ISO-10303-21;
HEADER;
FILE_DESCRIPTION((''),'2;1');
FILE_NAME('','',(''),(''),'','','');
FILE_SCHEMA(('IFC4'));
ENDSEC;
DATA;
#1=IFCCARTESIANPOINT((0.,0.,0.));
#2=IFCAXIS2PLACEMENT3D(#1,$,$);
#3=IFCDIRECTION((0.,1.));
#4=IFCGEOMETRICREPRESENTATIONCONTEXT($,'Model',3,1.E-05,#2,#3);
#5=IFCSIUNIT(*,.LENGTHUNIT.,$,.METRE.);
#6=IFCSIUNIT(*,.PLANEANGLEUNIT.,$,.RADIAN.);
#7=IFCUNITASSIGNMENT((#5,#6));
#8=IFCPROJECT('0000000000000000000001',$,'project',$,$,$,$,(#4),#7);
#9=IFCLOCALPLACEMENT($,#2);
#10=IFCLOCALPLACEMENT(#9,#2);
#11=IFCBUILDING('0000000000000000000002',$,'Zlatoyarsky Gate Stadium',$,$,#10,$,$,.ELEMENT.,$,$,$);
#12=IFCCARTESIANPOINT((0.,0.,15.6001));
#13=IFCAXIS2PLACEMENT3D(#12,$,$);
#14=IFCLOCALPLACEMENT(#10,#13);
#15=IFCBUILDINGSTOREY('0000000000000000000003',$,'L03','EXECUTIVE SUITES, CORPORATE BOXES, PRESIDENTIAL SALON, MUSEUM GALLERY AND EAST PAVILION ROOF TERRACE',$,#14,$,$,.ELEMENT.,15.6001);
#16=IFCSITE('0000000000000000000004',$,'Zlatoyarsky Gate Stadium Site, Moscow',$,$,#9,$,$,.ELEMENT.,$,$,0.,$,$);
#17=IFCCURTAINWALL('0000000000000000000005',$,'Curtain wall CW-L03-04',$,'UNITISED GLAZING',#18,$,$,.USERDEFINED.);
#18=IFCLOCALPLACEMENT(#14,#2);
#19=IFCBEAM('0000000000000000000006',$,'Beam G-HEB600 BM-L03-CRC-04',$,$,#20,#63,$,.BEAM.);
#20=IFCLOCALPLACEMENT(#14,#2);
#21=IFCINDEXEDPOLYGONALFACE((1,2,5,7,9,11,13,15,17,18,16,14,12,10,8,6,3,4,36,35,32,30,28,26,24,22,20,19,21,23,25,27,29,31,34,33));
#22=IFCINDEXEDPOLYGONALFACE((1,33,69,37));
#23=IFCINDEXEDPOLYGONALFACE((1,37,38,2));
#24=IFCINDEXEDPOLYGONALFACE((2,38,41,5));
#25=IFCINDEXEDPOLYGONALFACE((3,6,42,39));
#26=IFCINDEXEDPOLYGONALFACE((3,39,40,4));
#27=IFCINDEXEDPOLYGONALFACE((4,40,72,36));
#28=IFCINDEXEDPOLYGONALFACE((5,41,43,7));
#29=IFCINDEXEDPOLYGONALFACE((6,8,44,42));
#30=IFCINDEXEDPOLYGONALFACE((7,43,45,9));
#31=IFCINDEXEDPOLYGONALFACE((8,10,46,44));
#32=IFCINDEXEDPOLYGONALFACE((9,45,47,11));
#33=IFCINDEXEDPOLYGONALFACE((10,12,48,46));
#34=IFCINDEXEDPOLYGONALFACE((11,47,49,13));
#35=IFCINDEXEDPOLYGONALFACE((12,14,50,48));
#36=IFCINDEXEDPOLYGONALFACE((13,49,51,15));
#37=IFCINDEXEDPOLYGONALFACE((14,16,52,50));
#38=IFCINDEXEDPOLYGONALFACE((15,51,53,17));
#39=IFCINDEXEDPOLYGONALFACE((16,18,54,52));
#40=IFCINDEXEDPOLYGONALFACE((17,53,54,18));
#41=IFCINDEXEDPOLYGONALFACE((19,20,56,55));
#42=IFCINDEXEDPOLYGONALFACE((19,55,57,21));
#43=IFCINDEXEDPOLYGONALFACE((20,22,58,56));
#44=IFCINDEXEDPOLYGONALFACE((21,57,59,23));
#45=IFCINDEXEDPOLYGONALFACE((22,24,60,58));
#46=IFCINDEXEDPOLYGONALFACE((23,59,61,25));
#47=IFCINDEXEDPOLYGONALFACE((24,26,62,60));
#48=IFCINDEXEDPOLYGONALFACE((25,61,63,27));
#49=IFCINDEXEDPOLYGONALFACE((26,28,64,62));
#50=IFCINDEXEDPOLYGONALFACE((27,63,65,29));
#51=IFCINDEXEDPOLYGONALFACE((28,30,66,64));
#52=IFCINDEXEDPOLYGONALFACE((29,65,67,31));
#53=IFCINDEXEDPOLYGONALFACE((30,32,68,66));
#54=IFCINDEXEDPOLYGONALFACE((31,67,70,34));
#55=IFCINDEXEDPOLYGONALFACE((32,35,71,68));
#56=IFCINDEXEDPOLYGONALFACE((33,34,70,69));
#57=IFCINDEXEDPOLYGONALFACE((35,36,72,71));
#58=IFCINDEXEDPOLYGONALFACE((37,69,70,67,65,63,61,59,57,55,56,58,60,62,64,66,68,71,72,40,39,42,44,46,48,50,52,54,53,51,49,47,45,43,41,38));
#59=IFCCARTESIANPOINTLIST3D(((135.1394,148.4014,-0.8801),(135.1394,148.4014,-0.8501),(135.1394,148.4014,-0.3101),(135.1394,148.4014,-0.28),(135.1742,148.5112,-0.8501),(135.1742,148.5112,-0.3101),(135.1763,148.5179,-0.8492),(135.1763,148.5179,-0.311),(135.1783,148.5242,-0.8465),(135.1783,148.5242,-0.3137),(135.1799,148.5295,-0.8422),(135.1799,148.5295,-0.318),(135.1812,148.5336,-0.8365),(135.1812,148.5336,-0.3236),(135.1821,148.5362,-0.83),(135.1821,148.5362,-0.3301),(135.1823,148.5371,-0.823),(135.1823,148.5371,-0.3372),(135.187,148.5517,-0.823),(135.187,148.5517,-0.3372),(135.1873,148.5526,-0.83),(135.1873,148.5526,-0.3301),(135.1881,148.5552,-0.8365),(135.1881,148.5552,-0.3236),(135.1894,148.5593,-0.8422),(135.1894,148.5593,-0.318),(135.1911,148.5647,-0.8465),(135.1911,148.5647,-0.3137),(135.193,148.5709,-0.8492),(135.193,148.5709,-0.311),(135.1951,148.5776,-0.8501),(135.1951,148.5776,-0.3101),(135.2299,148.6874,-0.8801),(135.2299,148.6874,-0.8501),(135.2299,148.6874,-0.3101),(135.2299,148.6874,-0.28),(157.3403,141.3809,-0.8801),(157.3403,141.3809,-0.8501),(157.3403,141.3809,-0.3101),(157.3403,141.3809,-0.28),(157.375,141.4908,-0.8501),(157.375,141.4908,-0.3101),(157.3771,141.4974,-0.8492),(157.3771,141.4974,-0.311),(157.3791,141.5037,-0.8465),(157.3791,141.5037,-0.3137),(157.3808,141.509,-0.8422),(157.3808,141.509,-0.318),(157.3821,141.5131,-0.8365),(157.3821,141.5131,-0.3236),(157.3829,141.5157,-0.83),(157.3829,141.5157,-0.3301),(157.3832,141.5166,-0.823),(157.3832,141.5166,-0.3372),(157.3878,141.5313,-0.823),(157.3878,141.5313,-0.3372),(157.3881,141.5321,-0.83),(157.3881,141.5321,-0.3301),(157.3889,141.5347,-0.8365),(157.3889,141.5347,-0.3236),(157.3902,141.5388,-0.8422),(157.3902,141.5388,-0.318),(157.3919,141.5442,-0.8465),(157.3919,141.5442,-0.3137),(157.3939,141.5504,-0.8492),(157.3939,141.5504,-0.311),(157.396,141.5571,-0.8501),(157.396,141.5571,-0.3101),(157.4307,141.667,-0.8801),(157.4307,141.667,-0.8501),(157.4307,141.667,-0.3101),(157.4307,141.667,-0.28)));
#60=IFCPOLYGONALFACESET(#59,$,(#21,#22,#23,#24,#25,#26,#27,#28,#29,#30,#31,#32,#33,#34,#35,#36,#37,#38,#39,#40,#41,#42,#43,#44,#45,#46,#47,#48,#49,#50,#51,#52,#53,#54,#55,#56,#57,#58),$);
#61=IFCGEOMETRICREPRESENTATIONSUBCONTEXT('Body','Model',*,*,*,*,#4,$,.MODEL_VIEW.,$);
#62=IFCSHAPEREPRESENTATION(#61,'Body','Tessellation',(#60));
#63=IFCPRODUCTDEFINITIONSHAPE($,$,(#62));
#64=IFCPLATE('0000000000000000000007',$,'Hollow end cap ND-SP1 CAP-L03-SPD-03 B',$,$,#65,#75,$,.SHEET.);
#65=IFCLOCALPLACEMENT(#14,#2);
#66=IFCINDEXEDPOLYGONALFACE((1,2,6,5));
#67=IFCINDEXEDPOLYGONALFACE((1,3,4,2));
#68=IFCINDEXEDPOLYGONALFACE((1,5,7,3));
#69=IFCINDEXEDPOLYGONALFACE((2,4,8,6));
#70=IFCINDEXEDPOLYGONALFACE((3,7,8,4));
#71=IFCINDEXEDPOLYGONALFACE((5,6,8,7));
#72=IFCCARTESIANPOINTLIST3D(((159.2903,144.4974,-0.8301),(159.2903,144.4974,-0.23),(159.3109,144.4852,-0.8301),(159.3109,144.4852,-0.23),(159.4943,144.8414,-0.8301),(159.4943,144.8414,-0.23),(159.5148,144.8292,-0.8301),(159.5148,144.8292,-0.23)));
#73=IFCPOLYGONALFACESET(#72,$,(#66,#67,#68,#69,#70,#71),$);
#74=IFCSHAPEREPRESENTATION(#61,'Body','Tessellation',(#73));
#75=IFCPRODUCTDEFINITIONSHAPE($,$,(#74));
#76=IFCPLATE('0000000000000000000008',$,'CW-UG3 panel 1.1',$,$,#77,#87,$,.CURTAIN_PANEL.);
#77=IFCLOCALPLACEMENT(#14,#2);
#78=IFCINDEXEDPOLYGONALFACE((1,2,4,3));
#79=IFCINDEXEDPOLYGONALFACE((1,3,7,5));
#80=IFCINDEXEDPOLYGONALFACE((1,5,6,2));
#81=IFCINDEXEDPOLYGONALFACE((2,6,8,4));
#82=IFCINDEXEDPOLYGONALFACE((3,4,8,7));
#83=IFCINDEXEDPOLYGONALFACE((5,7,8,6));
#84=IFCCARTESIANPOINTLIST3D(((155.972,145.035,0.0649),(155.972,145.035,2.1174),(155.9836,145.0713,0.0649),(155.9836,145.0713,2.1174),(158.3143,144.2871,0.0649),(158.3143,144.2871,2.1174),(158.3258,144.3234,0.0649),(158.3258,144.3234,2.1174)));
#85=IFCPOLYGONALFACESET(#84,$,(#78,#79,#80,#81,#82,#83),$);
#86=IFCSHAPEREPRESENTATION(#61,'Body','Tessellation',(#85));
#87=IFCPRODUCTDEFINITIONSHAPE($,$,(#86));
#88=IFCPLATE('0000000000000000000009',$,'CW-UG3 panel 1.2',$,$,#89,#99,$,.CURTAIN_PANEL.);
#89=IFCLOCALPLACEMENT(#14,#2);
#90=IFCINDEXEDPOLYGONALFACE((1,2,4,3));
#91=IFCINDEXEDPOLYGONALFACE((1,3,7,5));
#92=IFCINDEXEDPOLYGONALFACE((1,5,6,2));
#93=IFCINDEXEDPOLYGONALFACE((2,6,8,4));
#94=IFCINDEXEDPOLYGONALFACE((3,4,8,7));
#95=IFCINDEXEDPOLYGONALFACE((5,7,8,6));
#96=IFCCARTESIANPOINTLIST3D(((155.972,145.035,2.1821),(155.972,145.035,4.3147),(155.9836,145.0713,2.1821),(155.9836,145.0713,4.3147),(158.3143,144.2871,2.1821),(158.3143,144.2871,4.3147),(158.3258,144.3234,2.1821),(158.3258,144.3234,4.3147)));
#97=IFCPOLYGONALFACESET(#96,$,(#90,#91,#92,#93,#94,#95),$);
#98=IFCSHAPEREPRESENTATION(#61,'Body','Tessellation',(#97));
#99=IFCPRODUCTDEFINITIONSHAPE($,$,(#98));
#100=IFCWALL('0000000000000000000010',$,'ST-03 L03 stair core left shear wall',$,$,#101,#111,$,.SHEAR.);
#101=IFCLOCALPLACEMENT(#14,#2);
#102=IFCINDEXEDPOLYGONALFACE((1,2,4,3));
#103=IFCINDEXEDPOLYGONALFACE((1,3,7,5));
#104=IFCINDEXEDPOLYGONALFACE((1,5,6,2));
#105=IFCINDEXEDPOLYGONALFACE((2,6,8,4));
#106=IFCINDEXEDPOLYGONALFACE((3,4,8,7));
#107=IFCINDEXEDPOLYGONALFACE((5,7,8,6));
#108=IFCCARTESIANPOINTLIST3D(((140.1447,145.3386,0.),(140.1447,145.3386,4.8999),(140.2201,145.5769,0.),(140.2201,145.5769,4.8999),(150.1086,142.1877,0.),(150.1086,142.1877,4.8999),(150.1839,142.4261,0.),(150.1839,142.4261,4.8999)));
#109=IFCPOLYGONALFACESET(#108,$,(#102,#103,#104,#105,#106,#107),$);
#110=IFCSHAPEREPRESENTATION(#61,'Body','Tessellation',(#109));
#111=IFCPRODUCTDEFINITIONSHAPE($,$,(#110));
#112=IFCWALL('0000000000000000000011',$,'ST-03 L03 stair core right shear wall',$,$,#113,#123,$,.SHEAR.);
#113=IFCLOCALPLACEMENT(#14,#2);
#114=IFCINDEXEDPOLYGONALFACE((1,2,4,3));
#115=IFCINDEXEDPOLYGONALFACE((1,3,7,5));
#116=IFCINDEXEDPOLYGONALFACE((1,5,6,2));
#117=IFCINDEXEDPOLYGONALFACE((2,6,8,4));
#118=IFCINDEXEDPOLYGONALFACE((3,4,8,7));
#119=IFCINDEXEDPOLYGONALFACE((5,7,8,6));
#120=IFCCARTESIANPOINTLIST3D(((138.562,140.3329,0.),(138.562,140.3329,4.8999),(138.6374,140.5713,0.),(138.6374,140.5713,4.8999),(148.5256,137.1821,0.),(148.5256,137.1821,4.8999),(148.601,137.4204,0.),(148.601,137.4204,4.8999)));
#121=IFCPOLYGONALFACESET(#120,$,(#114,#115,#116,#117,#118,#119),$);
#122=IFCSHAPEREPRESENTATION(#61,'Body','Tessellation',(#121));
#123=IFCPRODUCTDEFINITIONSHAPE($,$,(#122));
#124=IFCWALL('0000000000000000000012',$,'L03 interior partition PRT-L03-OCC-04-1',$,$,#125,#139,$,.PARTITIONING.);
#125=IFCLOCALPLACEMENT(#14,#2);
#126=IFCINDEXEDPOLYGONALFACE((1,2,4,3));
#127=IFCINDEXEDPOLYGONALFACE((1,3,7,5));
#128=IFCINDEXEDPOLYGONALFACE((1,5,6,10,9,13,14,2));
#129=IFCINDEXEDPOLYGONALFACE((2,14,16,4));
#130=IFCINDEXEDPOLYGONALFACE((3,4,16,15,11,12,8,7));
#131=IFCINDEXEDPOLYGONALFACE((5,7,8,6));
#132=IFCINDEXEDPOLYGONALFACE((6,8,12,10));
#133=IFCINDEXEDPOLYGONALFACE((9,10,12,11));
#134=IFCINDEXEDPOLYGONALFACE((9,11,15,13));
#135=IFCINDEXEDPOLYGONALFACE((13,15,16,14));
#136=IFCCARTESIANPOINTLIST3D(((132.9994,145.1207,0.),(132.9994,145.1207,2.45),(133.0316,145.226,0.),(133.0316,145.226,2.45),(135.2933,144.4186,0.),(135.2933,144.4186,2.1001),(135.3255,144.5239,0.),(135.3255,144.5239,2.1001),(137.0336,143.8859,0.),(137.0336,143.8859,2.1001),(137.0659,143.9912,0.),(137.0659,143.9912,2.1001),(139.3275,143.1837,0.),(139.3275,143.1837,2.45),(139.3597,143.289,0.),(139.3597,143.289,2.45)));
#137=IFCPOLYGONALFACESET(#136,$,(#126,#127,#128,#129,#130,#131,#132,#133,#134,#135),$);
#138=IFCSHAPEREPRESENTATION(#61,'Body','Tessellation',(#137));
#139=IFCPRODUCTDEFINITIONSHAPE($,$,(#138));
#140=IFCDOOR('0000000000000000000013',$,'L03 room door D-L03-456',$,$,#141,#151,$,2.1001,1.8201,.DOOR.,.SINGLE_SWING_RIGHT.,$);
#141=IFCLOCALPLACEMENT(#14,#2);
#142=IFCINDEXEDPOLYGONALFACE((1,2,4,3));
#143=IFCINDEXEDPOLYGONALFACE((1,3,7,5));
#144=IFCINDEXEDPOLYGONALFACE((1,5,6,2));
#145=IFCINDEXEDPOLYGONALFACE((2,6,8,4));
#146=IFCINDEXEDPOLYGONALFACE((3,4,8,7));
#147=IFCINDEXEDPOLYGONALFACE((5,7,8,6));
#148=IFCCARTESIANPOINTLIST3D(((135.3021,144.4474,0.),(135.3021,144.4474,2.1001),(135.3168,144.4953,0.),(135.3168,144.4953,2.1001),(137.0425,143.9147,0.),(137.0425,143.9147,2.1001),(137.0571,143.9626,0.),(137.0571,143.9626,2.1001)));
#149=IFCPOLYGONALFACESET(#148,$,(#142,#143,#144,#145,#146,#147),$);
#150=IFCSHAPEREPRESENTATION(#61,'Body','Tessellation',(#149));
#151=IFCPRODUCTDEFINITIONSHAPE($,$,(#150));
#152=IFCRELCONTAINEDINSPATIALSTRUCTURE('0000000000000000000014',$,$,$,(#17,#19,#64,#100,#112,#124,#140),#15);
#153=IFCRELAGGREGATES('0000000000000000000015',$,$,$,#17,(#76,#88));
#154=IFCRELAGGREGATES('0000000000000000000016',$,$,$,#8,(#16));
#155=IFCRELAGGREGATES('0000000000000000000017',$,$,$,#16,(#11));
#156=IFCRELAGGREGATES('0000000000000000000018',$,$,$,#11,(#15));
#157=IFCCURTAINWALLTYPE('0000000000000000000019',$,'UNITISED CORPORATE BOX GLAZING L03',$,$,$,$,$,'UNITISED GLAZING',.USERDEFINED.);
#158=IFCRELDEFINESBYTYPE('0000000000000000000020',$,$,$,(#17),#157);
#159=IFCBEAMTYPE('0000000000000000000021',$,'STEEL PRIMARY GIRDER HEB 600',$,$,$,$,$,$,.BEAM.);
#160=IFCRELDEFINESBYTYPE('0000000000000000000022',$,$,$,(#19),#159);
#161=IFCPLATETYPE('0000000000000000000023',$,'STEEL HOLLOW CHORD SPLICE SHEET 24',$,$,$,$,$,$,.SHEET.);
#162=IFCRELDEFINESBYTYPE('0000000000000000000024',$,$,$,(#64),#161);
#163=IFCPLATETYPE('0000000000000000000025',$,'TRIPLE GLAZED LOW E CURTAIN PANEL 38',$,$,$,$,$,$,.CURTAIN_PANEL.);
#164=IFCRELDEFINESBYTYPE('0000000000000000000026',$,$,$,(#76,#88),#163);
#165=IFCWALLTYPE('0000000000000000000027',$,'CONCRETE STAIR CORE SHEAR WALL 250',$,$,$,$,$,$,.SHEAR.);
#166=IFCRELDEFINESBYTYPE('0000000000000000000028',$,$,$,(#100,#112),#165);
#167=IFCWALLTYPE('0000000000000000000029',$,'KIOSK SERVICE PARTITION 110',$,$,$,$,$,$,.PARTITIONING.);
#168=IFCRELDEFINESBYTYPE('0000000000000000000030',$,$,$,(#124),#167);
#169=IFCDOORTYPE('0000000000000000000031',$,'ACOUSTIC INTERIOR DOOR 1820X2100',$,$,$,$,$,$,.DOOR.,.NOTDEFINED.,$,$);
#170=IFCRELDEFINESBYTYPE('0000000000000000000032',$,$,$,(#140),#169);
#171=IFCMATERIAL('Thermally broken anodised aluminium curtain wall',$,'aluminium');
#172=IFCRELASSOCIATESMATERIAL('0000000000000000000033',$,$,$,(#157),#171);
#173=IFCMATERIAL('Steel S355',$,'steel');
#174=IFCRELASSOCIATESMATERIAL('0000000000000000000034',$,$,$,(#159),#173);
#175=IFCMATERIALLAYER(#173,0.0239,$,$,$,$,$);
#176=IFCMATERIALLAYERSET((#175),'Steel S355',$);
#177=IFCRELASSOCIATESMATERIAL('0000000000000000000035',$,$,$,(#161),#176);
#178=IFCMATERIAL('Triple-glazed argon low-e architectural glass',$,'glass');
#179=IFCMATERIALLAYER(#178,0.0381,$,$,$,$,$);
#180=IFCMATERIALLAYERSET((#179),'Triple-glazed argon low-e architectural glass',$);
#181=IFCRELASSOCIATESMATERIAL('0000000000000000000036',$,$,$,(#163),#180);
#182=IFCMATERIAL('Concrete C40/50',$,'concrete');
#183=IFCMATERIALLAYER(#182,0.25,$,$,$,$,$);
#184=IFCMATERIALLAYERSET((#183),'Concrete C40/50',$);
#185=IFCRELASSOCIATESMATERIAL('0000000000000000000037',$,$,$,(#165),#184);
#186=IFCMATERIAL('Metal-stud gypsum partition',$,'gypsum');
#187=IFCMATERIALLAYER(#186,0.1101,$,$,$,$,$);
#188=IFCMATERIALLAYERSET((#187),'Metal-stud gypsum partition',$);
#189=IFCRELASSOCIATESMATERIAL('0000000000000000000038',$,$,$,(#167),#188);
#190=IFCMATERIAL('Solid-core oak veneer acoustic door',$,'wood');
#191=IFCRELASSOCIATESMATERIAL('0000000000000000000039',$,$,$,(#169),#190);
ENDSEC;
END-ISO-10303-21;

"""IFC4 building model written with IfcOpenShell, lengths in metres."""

from ifc_helpers import new_model, si_unit, direction, frame, frame_2d, origin, origin_2d, place, context, subcontext, project, spatial, rectangle, i_section, extrude, material, layer, layer_set, material_profile, profile_set, type_object, element, fill, aggregate, save


model = new_model("IFC4")

# Units and contexts
model_context = context("Model", 3, precision=1e-05, world=origin(), true_north=direction((0.0, 1.0)))
body_context = subcontext(model_context, "Body", "Model", "MODEL_VIEW")
ifc_project = project(units=[si_unit("LENGTHUNIT", "METRE"), si_unit("PLANEANGLEUNIT", "RADIAN")], contexts=[model_context])

# Site, building, storey
site_placement = place(None, origin())
site = spatial("IfcSite", under=ifc_project, at=site_placement, Name="Zlatoyarsky Gate Stadium Site, Moscow", CompositionType="ELEMENT", RefElevation=0.0)
building_placement = place(site_placement, origin())
building = spatial("IfcBuilding", under=site, at=building_placement, Name="Zlatoyarsky Gate Stadium", CompositionType="ELEMENT")
storey_placement = place(building_placement, frame((0.0, 0.0, 15.6001)))
storey = spatial("IfcBuildingStorey", under=building, at=storey_placement, Name="L03", Description="EXECUTIVE SUITES, CORPORATE BOXES, PRESIDENTIAL SALON, MUSEUM GALLERY AND EAST PAVILION ROOF TERRACE", CompositionType="ELEMENT", Elevation=15.6001)

# Shared definitions
ifc_material_1 = material(Name="Steel S355", Category="steel")

# Shared definitions
ifc_material_2 = material(Name="Thermally broken anodised aluminium curtain wall", Category="aluminium")
curtain_wall_type = type_object("IfcCurtainWallType", Name="UNITISED CORPORATE BOX GLAZING L03", ElementType="UNITISED GLAZING", PredefinedType="USERDEFINED", material=ifc_material_2)

# Curtain wall
curtain_wall_1_placement = place(storey_placement, origin())
curtain_wall_1 = element("IfcCurtainWall", 1, at=curtain_wall_1_placement, inside=storey, type_object=curtain_wall_type, Name="Curtain wall CW-L03-04", ObjectType="UNITISED GLAZING", PredefinedType="USERDEFINED")

# Beam
ifc_material_profile_1 = material_profile(ifc_material_1, i_section(OverallWidth=0.3, OverallDepth=0.6001, WebThickness=0.0154, FlangeThickness=0.03, FilletRadius=0.0271, at=origin_2d()), Name="HEB 600")
ifc_profile_set_1 = profile_set([ifc_material_profile_1], Name="Steel S355")
beam_type_1 = type_object("IfcBeamType", Name="STEEL PRIMARY GIRDER HEB 600", PredefinedType="BEAM", material=ifc_profile_set_1)
beam_1_placement = place(storey_placement, frame((157.3855, 141.5239, -0.5801), z_axis=(-0.953463, 0.30151, 0.0), x_axis=(-0.30151, -0.953463, 0.0)))
element("IfcBeam", 2, at=beam_1_placement, inside=storey, type_object=beam_type_1, Name="Beam G-HEB600 BM-L03-CRC-04", PredefinedType="BEAM", context=body_context, shape_type="SweptSolid", body=[
    extrude(i_section(OverallWidth=0.3, OverallDepth=0.6001, WebThickness=0.0154, FlangeThickness=0.03, FilletRadius=0.0271, at=origin_2d()), origin(), (0.0, 0.0, 1.0), 23.2844),
])

# Plates
ifc_layer_1 = layer(ifc_material_1, 0.0239)
ifc_layer_set_1 = layer_set([ifc_layer_1], Name="Steel S355")
plate_type_1 = type_object("IfcPlateType", Name="STEEL HOLLOW CHORD SPLICE SHEET 24", PredefinedType="SHEET", material=ifc_layer_set_1)
plate_1_placement = place(storey_placement, frame((159.4026, 144.6633, -0.8301), z_axis=(0.0, 0.0, 1.0), x_axis=(-0.860229, 0.509908, 0.0)))
element("IfcPlate", 3, at=plate_1_placement, inside=storey, type_object=plate_type_1, Name="Hollow end cap ND-SP1 CAP-L03-SPD-03 B", PredefinedType="SHEET", context=body_context, shape_type="SweptSolid", body=[
    extrude(rectangle(XDim=0.0239, YDim=0.3999, at=origin_2d()), origin(), (0.0, 0.0, 1.0), 0.6001),
])
ifc_material_3 = material(Name="Triple-glazed argon low-e architectural glass", Category="glass")
ifc_layer_2 = layer(ifc_material_3, 0.0381)
ifc_layer_set_2 = layer_set([ifc_layer_2], Name="Triple-glazed argon low-e architectural glass")
plate_type_2 = type_object("IfcPlateType", Name="TRIPLE GLAZED LOW E CURTAIN PANEL 38", PredefinedType="CURTAIN_PANEL", material=ifc_layer_set_2)
plate_2_placement = place(storey_placement, frame((157.1489, 144.6792, 0.0649), z_axis=(0.0, 0.0, 1.0), x_axis=(-0.95262, 0.304162, 0.0)))
plate_2 = element("IfcPlate", 4, at=plate_2_placement, type_object=plate_type_2, Name="CW-UG3 panel 1.1", PredefinedType="CURTAIN_PANEL", context=body_context, shape_type="SweptSolid", body=[
    extrude(rectangle(XDim=2.4587, YDim=0.0381, at=origin_2d()), origin(), (0.0, 0.0, 1.0), 2.0525),
])
plate_3_placement = place(storey_placement, frame((157.1489, 144.6792, 2.1821), z_axis=(0.0, 0.0, 1.0), x_axis=(-0.95262, 0.304162, 0.0)))
plate_3 = element("IfcPlate", 5, at=plate_3_placement, type_object=plate_type_2, Name="CW-UG3 panel 1.2", PredefinedType="CURTAIN_PANEL", context=body_context, shape_type="SweptSolid", body=[
    extrude(rectangle(XDim=2.4587, YDim=0.0381, at=origin_2d()), origin(), (0.0, 0.0, 1.0), 2.1326),
])
aggregate(curtain_wall_1, [plate_2, plate_3])

# Walls
ifc_material_4 = material(Name="Concrete C40/50", Category="concrete")
ifc_layer_3 = layer(ifc_material_4, 0.25)
ifc_layer_set_3 = layer_set([ifc_layer_3], Name="Concrete C40/50")
wall_type_1 = type_object("IfcWallType", Name="CONCRETE STAIR CORE SHEAR WALL 250", PredefinedType="SHEAR", material=ifc_layer_set_3)
wall_1_placement = place(storey_placement, frame((150.1462, 142.3069, 0.0), z_axis=(0.0, 0.0, 1.0), x_axis=(-0.953462, 0.301514, 0.0)))
element("IfcWall", 6, at=wall_1_placement, inside=storey, type_object=wall_type_1, Name="ST-03 L03 stair core left shear wall", PredefinedType="SHEAR", context=body_context, shape_type="SweptSolid", body=[
    extrude(rectangle(XDim=10.4502, YDim=0.25, at=frame_2d((5.2251, 0.0))), origin(), (0.0, 0.0, 1.0), 4.8999),
])
wall_2_placement = place(storey_placement, frame((138.5996, 140.4521, 0.0), z_axis=(0.0, 0.0, 1.0), x_axis=(0.95346, -0.30152, 0.0)))
element("IfcWall", 7, at=wall_2_placement, inside=storey, type_object=wall_type_1, Name="ST-03 L03 stair core right shear wall", PredefinedType="SHEAR", context=body_context, shape_type="SweptSolid", body=[
    extrude(rectangle(XDim=10.45, YDim=0.25, at=frame_2d((5.2251, 0.0))), origin(), (0.0, 0.0, 1.0), 4.8999),
])

# Wall, opening, door
ifc_material_5 = material(Name="Metal-stud gypsum partition", Category="gypsum")
ifc_layer_4 = layer(ifc_material_5, 0.1101)
ifc_layer_set_4 = layer_set([ifc_layer_4], Name="Metal-stud gypsum partition")
wall_type_2 = type_object("IfcWallType", Name="KIOSK SERVICE PARTITION 110", PredefinedType="PARTITIONING", material=ifc_layer_set_4)
wall_3_placement = place(storey_placement, frame((139.3438, 143.2363, 0.0), z_axis=(0.0, 0.0, 1.0), x_axis=(-0.956207, 0.292691, 0.0)))
wall_3 = element("IfcWall", 8, at=wall_3_placement, inside=storey, type_object=wall_type_2, Name="L03 interior partition PRT-L03-OCC-04-1", PredefinedType="PARTITIONING", context=body_context, shape_type="SweptSolid", body=[
    extrude(rectangle(XDim=6.6179, YDim=0.1101, at=frame_2d((3.3091, 0.0))), origin(), (0.0, 0.0, 1.0), 2.45),
])
opening_placement = place(wall_3_placement, frame((2.3989, 0.0, 0.0)))
opening = element("IfcOpeningElement", 9, at=opening_placement, cuts=wall_3, PredefinedType="OPENING", context=body_context, shape_type="SweptSolid", body=[
    extrude(rectangle(XDim=1.8201, YDim=2.1001, at=frame_2d((0.9102, 1.05))), frame((0.0, 0.0649, 0.0), z_axis=(0.0, -1.0, 0.0), x_axis=(1.0, 0.0, 0.0)), (0.0, 0.0, 1.0), 0.1301),
])
ifc_material_6 = material(Name="Solid-core oak veneer acoustic door", Category="wood")
door_type = type_object("IfcDoorType", Name="ACOUSTIC INTERIOR DOOR 1820X2100", OperationType="NOTDEFINED", PredefinedType="DOOR", material=ifc_material_6)
door_placement = place(opening_placement, origin())
door = element("IfcDoor", 10, at=door_placement, inside=storey, type_object=door_type, Name="L03 room door D-L03-456", OperationType="SINGLE_SWING_RIGHT", OverallHeight=2.1001, OverallWidth=1.8201, PredefinedType="DOOR", context=body_context, shape_type="SweptSolid", body=[
    extrude(rectangle(XDim=1.8201, YDim=2.1001, at=frame_2d((0.9102, 1.05))), frame((0.0, 0.0249, 0.0), z_axis=(0.0, -1.0, 0.0), x_axis=(1.0, 0.0, 0.0)), (0.0, 0.0, 1.0), 0.05),
])
fill(opening, door)

save(model, "model.ifc")
